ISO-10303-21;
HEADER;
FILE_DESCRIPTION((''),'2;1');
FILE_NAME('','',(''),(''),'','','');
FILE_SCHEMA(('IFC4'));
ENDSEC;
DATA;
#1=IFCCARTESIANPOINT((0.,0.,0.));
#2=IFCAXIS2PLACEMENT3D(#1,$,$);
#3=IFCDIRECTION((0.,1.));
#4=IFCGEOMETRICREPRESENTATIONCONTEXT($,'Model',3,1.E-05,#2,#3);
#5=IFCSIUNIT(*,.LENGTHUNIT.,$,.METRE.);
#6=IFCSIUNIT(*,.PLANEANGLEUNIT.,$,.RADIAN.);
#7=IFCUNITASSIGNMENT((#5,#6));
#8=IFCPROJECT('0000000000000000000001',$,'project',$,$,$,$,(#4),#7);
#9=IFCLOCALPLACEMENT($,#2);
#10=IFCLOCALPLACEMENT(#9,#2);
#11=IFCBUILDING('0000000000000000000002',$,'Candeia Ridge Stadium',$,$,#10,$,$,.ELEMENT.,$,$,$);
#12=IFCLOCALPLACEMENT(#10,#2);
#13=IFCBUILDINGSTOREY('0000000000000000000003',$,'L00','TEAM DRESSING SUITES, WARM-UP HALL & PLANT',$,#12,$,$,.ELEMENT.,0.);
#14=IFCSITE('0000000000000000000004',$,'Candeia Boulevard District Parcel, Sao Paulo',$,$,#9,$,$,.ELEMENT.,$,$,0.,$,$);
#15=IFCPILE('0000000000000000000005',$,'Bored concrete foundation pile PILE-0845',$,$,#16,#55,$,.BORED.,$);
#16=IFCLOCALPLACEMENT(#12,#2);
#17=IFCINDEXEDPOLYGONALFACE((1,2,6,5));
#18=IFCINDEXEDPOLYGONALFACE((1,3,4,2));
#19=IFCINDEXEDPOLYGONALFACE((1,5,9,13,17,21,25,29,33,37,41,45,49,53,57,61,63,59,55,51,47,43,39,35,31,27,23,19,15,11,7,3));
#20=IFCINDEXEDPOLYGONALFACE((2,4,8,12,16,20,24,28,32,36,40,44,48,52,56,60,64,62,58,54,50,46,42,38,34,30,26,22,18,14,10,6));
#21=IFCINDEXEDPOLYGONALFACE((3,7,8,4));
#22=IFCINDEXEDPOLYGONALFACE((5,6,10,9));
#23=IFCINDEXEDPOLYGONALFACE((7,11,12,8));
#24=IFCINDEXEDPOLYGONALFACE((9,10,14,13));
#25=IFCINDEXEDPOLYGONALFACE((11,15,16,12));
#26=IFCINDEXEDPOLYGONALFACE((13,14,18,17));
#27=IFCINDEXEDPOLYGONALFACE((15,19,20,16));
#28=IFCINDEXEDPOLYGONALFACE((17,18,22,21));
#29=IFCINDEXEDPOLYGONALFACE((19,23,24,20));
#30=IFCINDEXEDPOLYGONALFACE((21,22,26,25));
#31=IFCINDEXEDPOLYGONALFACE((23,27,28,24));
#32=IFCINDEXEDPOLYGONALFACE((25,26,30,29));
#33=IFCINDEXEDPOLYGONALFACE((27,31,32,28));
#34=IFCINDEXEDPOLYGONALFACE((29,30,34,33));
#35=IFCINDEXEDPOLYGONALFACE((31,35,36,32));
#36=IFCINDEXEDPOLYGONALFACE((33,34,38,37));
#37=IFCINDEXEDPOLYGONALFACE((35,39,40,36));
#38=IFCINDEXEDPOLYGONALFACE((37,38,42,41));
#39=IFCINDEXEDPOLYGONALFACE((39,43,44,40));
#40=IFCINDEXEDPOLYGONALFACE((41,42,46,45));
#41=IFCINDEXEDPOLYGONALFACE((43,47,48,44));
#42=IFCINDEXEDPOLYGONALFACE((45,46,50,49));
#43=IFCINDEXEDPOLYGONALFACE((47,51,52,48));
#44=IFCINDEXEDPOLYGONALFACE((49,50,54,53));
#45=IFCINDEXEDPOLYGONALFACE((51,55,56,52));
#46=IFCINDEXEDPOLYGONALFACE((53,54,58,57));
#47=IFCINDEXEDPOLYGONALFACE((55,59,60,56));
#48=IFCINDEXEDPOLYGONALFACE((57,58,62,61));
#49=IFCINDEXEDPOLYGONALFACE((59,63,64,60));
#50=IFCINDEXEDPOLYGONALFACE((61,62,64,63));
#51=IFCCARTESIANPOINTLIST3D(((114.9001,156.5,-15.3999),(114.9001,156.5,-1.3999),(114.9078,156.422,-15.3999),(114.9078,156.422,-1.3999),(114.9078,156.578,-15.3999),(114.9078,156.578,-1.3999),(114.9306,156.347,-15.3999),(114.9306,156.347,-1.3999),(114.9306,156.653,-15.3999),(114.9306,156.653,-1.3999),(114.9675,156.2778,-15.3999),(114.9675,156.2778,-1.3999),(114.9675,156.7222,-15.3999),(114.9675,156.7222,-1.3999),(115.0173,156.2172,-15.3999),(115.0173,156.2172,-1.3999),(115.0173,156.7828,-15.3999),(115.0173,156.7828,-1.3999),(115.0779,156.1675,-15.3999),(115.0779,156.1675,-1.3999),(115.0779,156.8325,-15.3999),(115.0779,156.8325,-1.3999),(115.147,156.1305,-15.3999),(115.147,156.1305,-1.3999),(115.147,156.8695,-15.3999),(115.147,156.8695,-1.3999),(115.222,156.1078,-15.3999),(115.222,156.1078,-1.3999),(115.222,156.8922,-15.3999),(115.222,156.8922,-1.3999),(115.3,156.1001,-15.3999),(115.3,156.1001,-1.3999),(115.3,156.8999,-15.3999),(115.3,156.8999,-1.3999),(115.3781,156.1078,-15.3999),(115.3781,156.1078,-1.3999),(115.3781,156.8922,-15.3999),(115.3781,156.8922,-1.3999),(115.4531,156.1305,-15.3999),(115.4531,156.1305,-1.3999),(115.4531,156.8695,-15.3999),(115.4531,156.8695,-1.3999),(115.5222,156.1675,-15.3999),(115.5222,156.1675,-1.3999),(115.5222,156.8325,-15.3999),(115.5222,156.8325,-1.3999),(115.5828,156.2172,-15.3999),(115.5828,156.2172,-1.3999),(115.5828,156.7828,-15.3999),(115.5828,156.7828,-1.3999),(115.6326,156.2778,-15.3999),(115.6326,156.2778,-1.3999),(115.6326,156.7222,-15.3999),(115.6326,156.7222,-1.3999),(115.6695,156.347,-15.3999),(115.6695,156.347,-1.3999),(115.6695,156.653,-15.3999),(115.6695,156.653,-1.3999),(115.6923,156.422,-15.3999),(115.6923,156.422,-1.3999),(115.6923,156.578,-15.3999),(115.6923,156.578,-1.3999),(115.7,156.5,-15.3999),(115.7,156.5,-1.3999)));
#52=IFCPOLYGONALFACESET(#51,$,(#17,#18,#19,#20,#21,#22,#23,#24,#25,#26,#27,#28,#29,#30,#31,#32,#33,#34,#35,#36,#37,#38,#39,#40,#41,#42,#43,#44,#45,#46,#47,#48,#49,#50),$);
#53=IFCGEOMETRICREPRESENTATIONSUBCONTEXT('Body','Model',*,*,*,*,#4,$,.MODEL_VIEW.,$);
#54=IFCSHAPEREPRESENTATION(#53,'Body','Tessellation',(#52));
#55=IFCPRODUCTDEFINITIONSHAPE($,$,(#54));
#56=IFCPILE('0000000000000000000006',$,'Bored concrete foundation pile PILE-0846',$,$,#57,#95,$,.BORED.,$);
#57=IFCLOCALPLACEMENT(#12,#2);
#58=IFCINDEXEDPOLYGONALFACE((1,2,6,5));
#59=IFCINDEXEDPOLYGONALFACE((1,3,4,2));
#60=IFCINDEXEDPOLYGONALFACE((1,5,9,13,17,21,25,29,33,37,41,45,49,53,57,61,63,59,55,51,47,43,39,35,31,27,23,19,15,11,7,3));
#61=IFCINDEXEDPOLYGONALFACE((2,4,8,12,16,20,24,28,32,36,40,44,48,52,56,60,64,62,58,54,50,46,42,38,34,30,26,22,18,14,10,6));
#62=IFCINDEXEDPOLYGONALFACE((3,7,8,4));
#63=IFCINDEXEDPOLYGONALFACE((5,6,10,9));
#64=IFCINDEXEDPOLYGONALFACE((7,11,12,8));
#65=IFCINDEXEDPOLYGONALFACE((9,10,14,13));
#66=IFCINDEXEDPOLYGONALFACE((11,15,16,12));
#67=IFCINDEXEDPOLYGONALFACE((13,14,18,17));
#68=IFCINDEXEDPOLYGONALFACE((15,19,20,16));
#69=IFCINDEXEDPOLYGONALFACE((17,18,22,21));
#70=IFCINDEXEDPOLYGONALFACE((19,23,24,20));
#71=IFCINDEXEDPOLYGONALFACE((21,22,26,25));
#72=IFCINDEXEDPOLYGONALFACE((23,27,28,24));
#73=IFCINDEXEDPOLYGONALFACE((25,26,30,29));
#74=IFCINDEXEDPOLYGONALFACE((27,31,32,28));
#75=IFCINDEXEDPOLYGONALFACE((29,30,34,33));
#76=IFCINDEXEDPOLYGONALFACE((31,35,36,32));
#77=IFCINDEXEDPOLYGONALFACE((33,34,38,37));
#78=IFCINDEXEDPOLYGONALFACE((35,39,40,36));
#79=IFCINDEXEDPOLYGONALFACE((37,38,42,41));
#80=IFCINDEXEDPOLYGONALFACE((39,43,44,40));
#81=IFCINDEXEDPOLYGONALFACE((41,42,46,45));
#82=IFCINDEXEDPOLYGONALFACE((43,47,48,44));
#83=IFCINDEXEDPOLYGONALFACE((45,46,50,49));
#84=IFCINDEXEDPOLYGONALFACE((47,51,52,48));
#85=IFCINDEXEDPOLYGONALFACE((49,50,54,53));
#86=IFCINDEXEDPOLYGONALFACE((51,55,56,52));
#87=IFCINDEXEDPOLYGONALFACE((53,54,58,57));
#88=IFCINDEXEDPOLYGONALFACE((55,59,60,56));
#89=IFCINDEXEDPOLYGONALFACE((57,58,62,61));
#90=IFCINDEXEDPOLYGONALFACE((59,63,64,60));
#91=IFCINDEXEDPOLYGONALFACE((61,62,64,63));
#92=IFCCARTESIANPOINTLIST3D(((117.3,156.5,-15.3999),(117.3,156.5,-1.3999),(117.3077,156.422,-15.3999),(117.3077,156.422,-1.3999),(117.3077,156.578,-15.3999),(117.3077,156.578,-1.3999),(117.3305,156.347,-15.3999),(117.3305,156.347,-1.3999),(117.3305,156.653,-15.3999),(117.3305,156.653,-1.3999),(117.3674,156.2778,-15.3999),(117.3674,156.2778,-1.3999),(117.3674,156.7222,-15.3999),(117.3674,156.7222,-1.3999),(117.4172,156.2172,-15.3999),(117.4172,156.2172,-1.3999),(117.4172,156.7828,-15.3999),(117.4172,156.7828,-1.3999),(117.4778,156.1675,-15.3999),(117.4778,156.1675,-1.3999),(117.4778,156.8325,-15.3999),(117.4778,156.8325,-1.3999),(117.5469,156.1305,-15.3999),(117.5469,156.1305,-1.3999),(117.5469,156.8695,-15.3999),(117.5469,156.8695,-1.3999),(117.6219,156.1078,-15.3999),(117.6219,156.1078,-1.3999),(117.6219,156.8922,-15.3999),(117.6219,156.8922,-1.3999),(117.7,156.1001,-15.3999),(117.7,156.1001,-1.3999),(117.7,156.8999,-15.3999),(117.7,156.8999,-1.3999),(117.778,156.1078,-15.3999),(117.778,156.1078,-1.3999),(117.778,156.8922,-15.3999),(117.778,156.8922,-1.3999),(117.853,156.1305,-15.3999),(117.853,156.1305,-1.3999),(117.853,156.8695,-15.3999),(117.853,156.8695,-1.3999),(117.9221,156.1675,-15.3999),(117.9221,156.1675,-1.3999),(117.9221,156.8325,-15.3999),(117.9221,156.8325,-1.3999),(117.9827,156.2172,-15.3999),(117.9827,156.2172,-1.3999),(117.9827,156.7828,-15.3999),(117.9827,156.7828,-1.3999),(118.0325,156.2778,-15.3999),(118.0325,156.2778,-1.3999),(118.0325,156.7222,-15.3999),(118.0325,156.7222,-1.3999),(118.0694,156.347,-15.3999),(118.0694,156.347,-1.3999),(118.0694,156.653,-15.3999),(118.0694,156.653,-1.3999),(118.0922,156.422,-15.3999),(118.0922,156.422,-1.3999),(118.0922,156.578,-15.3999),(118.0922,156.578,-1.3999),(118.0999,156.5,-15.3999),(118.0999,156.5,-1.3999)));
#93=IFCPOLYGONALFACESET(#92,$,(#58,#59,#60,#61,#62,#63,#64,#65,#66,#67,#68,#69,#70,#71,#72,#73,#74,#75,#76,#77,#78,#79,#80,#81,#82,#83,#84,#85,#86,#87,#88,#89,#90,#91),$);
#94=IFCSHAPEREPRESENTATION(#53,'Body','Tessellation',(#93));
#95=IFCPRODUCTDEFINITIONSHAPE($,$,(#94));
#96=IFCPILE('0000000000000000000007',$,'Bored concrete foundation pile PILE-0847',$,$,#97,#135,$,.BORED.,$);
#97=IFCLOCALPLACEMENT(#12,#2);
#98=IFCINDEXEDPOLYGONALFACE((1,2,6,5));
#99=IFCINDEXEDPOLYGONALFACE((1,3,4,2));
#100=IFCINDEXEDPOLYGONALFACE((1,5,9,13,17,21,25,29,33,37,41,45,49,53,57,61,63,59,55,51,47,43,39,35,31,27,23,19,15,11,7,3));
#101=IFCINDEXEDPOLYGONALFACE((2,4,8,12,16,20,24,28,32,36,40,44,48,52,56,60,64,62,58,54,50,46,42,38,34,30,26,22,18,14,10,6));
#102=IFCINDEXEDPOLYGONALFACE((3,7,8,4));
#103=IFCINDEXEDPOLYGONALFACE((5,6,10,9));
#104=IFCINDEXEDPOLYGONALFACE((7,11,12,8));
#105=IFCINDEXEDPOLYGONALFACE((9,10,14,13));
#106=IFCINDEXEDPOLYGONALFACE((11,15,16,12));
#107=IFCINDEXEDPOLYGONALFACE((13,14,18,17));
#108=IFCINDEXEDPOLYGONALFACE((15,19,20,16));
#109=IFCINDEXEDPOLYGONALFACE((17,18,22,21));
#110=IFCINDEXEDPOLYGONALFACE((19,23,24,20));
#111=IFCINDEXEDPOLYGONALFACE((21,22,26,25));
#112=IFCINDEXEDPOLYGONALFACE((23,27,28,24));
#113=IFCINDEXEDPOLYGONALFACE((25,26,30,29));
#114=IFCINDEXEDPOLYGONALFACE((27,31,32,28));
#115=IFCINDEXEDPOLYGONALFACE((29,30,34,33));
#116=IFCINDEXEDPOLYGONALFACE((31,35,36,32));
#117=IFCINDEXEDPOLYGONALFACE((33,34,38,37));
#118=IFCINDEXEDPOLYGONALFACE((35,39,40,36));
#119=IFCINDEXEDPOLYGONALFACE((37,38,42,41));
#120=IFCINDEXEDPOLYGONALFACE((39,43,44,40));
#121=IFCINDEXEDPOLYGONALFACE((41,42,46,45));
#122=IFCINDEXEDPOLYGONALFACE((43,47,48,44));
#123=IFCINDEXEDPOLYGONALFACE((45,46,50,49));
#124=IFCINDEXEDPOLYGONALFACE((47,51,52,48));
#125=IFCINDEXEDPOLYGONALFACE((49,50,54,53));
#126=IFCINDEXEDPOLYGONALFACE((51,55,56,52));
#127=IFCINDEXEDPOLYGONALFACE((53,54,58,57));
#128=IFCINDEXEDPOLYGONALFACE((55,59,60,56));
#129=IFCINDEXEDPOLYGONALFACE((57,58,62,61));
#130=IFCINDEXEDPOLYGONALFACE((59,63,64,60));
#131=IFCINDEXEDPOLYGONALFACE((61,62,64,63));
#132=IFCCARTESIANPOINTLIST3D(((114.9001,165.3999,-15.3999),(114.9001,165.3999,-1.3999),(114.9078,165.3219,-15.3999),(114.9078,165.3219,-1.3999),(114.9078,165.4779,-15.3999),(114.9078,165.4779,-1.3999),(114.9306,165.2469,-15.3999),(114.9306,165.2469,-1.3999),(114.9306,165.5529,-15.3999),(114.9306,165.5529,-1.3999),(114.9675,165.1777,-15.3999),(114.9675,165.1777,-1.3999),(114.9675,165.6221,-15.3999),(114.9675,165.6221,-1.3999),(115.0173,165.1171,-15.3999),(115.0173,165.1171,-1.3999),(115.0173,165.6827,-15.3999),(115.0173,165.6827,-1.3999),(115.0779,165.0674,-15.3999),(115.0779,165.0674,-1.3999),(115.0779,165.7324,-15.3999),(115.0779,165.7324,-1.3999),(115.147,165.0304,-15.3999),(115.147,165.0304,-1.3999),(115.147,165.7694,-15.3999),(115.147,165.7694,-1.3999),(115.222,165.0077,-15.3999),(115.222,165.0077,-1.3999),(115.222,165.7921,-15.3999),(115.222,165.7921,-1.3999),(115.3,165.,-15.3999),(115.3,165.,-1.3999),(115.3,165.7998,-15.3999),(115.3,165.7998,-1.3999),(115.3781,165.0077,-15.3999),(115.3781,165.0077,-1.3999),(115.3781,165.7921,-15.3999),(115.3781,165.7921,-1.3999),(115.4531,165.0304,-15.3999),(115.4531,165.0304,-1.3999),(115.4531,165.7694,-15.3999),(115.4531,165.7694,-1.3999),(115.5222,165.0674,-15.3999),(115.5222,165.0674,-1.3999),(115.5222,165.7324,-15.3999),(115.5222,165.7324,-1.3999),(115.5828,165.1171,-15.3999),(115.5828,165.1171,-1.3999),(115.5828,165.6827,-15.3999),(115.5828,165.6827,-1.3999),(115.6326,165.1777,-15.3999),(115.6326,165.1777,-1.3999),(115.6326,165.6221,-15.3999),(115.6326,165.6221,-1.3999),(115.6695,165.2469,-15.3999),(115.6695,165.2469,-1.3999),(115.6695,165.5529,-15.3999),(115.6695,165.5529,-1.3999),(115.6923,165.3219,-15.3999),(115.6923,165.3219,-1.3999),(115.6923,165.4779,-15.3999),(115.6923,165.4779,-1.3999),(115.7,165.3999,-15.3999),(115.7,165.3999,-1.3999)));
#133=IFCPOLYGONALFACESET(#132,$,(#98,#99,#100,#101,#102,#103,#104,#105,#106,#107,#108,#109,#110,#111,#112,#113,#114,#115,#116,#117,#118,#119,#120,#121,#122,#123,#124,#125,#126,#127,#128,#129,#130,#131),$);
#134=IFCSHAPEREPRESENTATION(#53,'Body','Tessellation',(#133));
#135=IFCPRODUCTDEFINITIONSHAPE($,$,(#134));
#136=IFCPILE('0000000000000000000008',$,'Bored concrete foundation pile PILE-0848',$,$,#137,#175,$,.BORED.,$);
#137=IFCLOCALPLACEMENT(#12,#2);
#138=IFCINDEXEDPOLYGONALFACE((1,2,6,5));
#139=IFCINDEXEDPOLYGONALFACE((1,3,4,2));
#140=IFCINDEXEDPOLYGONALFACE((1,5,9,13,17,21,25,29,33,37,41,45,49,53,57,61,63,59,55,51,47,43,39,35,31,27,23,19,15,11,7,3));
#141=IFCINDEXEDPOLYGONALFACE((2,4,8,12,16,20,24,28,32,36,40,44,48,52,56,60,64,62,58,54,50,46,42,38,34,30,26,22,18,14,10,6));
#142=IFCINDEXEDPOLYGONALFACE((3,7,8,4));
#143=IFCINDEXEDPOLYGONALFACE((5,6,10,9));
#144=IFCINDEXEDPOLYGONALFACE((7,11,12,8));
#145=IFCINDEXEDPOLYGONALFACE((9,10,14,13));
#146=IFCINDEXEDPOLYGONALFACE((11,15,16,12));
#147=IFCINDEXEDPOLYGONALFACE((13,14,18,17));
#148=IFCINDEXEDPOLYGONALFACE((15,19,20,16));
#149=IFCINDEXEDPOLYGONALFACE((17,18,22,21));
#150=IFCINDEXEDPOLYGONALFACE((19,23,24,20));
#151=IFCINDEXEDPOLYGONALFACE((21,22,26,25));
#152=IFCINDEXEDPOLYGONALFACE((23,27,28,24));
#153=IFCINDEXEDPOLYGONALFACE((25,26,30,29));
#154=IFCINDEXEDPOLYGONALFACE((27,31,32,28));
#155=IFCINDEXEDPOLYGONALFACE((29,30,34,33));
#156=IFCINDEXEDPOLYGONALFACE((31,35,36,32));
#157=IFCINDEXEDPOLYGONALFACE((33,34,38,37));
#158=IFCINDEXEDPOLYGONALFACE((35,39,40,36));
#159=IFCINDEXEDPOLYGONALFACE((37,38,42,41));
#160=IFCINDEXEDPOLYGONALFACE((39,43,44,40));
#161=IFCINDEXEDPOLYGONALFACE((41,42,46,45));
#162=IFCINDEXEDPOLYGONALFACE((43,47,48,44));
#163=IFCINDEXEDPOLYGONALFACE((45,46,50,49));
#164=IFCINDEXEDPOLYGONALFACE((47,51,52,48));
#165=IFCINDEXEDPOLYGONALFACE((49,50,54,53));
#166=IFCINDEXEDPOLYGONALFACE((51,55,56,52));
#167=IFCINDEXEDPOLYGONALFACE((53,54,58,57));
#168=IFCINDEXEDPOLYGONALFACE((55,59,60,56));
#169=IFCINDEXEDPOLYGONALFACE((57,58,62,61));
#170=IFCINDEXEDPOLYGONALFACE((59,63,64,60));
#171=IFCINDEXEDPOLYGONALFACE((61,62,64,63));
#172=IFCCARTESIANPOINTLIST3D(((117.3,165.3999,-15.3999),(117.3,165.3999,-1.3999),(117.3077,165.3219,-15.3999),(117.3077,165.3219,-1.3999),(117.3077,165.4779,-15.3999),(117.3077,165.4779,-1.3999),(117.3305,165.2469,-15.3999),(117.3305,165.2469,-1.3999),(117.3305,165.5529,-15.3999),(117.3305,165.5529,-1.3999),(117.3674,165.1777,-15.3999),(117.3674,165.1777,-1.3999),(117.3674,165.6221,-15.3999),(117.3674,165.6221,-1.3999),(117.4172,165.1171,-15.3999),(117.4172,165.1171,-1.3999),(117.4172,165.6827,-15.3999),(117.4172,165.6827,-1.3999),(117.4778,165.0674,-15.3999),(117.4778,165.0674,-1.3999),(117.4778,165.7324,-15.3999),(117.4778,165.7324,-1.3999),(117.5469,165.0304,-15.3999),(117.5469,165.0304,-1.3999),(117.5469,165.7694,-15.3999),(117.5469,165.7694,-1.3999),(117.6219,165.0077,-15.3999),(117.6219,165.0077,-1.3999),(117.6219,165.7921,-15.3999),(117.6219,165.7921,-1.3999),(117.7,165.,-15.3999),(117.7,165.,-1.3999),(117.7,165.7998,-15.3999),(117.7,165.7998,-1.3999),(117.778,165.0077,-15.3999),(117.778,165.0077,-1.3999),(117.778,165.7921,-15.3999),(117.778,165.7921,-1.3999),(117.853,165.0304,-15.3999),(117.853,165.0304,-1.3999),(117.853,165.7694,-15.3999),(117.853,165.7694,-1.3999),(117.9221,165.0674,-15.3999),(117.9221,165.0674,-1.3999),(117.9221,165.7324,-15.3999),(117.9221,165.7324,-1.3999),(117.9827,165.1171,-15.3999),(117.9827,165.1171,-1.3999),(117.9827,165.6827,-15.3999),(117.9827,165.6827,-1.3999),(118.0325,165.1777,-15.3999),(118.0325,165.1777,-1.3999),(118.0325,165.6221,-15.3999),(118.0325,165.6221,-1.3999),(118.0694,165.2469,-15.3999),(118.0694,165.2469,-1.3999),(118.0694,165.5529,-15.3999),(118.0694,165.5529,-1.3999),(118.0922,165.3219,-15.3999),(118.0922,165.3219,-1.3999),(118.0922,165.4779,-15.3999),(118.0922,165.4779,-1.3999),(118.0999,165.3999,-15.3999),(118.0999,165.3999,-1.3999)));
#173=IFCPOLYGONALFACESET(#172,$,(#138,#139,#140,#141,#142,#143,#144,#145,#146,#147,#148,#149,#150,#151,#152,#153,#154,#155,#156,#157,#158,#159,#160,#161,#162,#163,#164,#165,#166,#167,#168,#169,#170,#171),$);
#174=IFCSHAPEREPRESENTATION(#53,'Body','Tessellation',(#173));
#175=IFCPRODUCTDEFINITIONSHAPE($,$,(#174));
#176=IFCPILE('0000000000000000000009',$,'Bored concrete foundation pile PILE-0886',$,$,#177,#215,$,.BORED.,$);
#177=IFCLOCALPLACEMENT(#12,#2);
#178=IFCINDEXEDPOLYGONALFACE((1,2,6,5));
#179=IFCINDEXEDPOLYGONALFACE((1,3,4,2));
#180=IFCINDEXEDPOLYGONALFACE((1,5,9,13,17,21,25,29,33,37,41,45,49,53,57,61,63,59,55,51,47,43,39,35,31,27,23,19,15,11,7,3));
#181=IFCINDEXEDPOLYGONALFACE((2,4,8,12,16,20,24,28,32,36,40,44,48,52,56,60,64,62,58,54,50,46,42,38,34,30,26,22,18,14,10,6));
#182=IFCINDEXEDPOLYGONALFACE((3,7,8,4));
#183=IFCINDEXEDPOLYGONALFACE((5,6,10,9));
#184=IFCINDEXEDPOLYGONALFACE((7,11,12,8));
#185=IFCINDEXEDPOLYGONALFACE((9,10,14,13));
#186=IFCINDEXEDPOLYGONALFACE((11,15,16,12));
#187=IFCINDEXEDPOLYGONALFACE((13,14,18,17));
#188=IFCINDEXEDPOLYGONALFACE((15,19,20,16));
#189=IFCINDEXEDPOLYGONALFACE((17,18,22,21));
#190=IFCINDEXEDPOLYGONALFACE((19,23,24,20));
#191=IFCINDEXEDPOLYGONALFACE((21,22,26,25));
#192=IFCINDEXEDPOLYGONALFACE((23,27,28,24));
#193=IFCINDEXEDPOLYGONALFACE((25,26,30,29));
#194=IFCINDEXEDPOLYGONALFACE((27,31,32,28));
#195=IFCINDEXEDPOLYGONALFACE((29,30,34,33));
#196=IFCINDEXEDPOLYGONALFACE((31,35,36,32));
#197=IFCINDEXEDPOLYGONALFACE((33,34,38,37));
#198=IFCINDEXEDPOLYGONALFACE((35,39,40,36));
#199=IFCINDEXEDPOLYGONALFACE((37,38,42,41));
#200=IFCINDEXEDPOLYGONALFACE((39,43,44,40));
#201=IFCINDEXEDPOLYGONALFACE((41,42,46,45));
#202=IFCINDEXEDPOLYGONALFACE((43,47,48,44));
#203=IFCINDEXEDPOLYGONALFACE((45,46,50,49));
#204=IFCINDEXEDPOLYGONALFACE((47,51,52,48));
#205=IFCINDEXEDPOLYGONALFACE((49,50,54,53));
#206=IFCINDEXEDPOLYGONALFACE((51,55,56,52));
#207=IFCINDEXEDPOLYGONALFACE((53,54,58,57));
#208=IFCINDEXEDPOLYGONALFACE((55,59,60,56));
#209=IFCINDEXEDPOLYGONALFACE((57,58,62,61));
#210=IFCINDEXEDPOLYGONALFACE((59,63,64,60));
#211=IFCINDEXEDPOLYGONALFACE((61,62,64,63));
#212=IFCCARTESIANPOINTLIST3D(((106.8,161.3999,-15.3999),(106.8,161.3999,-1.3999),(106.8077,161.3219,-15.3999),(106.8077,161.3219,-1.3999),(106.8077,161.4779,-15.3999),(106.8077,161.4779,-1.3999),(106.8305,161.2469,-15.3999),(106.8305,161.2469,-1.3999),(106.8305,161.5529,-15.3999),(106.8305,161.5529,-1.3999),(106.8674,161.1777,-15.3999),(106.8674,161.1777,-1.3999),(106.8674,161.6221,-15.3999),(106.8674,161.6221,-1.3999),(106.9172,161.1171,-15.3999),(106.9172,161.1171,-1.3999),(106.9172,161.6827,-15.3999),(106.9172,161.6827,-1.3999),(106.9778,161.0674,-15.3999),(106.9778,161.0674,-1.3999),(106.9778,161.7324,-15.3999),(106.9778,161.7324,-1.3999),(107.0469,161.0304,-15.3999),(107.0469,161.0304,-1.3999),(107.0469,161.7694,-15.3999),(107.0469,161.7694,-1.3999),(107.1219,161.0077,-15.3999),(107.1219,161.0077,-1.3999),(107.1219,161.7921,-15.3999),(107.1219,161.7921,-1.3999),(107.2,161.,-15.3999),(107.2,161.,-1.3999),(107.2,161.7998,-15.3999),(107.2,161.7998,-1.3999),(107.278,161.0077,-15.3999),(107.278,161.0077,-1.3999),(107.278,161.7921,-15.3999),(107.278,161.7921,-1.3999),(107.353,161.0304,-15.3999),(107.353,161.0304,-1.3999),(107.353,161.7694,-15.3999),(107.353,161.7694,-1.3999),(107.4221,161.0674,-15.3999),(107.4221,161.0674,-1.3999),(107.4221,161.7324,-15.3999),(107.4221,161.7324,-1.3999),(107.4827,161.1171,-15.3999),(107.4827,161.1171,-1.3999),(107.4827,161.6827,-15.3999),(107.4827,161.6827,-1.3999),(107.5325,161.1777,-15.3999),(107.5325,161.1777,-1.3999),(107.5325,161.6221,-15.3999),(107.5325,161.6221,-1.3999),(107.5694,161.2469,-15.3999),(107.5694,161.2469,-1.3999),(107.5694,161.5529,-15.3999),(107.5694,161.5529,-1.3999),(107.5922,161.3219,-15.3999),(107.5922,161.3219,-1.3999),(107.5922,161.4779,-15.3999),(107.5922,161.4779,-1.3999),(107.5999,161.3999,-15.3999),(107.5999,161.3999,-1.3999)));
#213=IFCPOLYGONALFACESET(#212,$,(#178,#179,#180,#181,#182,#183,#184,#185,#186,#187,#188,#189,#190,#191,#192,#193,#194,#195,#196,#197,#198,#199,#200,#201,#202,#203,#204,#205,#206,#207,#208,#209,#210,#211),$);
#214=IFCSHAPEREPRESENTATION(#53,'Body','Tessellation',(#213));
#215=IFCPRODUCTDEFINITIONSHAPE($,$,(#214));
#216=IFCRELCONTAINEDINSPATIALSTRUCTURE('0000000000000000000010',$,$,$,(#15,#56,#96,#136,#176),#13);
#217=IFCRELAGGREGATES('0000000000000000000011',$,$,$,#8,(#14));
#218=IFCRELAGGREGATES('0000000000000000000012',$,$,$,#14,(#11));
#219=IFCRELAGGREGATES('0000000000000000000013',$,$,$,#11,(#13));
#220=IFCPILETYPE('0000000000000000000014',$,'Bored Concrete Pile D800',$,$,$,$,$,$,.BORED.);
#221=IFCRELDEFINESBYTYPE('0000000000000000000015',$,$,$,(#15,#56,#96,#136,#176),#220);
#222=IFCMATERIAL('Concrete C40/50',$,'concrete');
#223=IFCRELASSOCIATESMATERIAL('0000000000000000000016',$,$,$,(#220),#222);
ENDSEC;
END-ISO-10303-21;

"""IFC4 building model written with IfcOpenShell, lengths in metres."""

from ifc_helpers import new_model, si_unit, direction, frame, origin, origin_2d, place, context, subcontext, project, spatial, circle, extrude, material, material_profile, profile_set, type_object, element, save


model = new_model("IFC4")

# Units and contexts
model_context = context("Model", 3, precision=1e-05, world=origin(), true_north=direction((0.0, 1.0)))
body_context = subcontext(model_context, "Body", "Model", "MODEL_VIEW")
ifc_project = project(units=[si_unit("LENGTHUNIT", "METRE"), si_unit("PLANEANGLEUNIT", "RADIAN")], contexts=[model_context])

# Site, building, storey
site_placement = place(None, origin())
site = spatial("IfcSite", under=ifc_project, at=site_placement, Name="Candeia Boulevard District Parcel, Sao Paulo", CompositionType="ELEMENT", RefElevation=0.0)
building_placement = place(site_placement, origin())
building = spatial("IfcBuilding", under=site, at=building_placement, Name="Candeia Ridge Stadium", CompositionType="ELEMENT")
storey_placement = place(building_placement, origin())
storey = spatial("IfcBuildingStorey", under=building, at=storey_placement, Name="L00", Description="TEAM DRESSING SUITES, WARM-UP HALL & PLANT", CompositionType="ELEMENT", Elevation=0.0)

# Piles
ifc_material_1 = material(Name="Concrete C40/50", Category="concrete")
ifc_material_profile_1 = material_profile(ifc_material_1, circle(Radius=0.3999, at=origin_2d()), Name="PILE-D800", Category="concrete")
ifc_profile_set_1 = profile_set([ifc_material_profile_1], Name="Concrete C40/50")
pile_type = type_object("IfcPileType", Name="Bored Concrete Pile D800", PredefinedType="BORED", material=ifc_profile_set_1)
for number, where, z_axis, x_axis, name in (
    (1, (115.3, 156.5, -1.3999), (0.0, 0.0, -1.0), (1.0, 0.0, 0.0), "Bored concrete foundation pile PILE-0845"),
    (2, (117.7, 156.5, -1.3999), (0.0, 0.0, -1.0), (1.0, 0.0, 0.0), "Bored concrete foundation pile PILE-0846"),
    (3, (115.3, 165.3999, -1.3999), (0.0, 0.0, -1.0), (1.0, 0.0, 0.0), "Bored concrete foundation pile PILE-0847"),
    (4, (117.7, 165.3999, -1.3999), (0.0, 0.0, -1.0), (1.0, 0.0, 0.0), "Bored concrete foundation pile PILE-0848"),
    (5, (107.2, 161.3999, -1.3999), (0.0, 0.0, -1.0), (1.0, 0.0, 0.0), "Bored concrete foundation pile PILE-0886"),
):
    element("IfcPile", number, at=place(storey_placement, frame(where, z_axis=z_axis, x_axis=x_axis)), inside=storey, type_object=pile_type, Name=name, PredefinedType="BORED", context=body_context, shape_type="SweptSolid", body=[
        extrude(circle(Radius=0.3999, at=origin_2d()), origin(), (0.0, 0.0, 1.0), 14.0),
    ])

save(model, "model.ifc")
